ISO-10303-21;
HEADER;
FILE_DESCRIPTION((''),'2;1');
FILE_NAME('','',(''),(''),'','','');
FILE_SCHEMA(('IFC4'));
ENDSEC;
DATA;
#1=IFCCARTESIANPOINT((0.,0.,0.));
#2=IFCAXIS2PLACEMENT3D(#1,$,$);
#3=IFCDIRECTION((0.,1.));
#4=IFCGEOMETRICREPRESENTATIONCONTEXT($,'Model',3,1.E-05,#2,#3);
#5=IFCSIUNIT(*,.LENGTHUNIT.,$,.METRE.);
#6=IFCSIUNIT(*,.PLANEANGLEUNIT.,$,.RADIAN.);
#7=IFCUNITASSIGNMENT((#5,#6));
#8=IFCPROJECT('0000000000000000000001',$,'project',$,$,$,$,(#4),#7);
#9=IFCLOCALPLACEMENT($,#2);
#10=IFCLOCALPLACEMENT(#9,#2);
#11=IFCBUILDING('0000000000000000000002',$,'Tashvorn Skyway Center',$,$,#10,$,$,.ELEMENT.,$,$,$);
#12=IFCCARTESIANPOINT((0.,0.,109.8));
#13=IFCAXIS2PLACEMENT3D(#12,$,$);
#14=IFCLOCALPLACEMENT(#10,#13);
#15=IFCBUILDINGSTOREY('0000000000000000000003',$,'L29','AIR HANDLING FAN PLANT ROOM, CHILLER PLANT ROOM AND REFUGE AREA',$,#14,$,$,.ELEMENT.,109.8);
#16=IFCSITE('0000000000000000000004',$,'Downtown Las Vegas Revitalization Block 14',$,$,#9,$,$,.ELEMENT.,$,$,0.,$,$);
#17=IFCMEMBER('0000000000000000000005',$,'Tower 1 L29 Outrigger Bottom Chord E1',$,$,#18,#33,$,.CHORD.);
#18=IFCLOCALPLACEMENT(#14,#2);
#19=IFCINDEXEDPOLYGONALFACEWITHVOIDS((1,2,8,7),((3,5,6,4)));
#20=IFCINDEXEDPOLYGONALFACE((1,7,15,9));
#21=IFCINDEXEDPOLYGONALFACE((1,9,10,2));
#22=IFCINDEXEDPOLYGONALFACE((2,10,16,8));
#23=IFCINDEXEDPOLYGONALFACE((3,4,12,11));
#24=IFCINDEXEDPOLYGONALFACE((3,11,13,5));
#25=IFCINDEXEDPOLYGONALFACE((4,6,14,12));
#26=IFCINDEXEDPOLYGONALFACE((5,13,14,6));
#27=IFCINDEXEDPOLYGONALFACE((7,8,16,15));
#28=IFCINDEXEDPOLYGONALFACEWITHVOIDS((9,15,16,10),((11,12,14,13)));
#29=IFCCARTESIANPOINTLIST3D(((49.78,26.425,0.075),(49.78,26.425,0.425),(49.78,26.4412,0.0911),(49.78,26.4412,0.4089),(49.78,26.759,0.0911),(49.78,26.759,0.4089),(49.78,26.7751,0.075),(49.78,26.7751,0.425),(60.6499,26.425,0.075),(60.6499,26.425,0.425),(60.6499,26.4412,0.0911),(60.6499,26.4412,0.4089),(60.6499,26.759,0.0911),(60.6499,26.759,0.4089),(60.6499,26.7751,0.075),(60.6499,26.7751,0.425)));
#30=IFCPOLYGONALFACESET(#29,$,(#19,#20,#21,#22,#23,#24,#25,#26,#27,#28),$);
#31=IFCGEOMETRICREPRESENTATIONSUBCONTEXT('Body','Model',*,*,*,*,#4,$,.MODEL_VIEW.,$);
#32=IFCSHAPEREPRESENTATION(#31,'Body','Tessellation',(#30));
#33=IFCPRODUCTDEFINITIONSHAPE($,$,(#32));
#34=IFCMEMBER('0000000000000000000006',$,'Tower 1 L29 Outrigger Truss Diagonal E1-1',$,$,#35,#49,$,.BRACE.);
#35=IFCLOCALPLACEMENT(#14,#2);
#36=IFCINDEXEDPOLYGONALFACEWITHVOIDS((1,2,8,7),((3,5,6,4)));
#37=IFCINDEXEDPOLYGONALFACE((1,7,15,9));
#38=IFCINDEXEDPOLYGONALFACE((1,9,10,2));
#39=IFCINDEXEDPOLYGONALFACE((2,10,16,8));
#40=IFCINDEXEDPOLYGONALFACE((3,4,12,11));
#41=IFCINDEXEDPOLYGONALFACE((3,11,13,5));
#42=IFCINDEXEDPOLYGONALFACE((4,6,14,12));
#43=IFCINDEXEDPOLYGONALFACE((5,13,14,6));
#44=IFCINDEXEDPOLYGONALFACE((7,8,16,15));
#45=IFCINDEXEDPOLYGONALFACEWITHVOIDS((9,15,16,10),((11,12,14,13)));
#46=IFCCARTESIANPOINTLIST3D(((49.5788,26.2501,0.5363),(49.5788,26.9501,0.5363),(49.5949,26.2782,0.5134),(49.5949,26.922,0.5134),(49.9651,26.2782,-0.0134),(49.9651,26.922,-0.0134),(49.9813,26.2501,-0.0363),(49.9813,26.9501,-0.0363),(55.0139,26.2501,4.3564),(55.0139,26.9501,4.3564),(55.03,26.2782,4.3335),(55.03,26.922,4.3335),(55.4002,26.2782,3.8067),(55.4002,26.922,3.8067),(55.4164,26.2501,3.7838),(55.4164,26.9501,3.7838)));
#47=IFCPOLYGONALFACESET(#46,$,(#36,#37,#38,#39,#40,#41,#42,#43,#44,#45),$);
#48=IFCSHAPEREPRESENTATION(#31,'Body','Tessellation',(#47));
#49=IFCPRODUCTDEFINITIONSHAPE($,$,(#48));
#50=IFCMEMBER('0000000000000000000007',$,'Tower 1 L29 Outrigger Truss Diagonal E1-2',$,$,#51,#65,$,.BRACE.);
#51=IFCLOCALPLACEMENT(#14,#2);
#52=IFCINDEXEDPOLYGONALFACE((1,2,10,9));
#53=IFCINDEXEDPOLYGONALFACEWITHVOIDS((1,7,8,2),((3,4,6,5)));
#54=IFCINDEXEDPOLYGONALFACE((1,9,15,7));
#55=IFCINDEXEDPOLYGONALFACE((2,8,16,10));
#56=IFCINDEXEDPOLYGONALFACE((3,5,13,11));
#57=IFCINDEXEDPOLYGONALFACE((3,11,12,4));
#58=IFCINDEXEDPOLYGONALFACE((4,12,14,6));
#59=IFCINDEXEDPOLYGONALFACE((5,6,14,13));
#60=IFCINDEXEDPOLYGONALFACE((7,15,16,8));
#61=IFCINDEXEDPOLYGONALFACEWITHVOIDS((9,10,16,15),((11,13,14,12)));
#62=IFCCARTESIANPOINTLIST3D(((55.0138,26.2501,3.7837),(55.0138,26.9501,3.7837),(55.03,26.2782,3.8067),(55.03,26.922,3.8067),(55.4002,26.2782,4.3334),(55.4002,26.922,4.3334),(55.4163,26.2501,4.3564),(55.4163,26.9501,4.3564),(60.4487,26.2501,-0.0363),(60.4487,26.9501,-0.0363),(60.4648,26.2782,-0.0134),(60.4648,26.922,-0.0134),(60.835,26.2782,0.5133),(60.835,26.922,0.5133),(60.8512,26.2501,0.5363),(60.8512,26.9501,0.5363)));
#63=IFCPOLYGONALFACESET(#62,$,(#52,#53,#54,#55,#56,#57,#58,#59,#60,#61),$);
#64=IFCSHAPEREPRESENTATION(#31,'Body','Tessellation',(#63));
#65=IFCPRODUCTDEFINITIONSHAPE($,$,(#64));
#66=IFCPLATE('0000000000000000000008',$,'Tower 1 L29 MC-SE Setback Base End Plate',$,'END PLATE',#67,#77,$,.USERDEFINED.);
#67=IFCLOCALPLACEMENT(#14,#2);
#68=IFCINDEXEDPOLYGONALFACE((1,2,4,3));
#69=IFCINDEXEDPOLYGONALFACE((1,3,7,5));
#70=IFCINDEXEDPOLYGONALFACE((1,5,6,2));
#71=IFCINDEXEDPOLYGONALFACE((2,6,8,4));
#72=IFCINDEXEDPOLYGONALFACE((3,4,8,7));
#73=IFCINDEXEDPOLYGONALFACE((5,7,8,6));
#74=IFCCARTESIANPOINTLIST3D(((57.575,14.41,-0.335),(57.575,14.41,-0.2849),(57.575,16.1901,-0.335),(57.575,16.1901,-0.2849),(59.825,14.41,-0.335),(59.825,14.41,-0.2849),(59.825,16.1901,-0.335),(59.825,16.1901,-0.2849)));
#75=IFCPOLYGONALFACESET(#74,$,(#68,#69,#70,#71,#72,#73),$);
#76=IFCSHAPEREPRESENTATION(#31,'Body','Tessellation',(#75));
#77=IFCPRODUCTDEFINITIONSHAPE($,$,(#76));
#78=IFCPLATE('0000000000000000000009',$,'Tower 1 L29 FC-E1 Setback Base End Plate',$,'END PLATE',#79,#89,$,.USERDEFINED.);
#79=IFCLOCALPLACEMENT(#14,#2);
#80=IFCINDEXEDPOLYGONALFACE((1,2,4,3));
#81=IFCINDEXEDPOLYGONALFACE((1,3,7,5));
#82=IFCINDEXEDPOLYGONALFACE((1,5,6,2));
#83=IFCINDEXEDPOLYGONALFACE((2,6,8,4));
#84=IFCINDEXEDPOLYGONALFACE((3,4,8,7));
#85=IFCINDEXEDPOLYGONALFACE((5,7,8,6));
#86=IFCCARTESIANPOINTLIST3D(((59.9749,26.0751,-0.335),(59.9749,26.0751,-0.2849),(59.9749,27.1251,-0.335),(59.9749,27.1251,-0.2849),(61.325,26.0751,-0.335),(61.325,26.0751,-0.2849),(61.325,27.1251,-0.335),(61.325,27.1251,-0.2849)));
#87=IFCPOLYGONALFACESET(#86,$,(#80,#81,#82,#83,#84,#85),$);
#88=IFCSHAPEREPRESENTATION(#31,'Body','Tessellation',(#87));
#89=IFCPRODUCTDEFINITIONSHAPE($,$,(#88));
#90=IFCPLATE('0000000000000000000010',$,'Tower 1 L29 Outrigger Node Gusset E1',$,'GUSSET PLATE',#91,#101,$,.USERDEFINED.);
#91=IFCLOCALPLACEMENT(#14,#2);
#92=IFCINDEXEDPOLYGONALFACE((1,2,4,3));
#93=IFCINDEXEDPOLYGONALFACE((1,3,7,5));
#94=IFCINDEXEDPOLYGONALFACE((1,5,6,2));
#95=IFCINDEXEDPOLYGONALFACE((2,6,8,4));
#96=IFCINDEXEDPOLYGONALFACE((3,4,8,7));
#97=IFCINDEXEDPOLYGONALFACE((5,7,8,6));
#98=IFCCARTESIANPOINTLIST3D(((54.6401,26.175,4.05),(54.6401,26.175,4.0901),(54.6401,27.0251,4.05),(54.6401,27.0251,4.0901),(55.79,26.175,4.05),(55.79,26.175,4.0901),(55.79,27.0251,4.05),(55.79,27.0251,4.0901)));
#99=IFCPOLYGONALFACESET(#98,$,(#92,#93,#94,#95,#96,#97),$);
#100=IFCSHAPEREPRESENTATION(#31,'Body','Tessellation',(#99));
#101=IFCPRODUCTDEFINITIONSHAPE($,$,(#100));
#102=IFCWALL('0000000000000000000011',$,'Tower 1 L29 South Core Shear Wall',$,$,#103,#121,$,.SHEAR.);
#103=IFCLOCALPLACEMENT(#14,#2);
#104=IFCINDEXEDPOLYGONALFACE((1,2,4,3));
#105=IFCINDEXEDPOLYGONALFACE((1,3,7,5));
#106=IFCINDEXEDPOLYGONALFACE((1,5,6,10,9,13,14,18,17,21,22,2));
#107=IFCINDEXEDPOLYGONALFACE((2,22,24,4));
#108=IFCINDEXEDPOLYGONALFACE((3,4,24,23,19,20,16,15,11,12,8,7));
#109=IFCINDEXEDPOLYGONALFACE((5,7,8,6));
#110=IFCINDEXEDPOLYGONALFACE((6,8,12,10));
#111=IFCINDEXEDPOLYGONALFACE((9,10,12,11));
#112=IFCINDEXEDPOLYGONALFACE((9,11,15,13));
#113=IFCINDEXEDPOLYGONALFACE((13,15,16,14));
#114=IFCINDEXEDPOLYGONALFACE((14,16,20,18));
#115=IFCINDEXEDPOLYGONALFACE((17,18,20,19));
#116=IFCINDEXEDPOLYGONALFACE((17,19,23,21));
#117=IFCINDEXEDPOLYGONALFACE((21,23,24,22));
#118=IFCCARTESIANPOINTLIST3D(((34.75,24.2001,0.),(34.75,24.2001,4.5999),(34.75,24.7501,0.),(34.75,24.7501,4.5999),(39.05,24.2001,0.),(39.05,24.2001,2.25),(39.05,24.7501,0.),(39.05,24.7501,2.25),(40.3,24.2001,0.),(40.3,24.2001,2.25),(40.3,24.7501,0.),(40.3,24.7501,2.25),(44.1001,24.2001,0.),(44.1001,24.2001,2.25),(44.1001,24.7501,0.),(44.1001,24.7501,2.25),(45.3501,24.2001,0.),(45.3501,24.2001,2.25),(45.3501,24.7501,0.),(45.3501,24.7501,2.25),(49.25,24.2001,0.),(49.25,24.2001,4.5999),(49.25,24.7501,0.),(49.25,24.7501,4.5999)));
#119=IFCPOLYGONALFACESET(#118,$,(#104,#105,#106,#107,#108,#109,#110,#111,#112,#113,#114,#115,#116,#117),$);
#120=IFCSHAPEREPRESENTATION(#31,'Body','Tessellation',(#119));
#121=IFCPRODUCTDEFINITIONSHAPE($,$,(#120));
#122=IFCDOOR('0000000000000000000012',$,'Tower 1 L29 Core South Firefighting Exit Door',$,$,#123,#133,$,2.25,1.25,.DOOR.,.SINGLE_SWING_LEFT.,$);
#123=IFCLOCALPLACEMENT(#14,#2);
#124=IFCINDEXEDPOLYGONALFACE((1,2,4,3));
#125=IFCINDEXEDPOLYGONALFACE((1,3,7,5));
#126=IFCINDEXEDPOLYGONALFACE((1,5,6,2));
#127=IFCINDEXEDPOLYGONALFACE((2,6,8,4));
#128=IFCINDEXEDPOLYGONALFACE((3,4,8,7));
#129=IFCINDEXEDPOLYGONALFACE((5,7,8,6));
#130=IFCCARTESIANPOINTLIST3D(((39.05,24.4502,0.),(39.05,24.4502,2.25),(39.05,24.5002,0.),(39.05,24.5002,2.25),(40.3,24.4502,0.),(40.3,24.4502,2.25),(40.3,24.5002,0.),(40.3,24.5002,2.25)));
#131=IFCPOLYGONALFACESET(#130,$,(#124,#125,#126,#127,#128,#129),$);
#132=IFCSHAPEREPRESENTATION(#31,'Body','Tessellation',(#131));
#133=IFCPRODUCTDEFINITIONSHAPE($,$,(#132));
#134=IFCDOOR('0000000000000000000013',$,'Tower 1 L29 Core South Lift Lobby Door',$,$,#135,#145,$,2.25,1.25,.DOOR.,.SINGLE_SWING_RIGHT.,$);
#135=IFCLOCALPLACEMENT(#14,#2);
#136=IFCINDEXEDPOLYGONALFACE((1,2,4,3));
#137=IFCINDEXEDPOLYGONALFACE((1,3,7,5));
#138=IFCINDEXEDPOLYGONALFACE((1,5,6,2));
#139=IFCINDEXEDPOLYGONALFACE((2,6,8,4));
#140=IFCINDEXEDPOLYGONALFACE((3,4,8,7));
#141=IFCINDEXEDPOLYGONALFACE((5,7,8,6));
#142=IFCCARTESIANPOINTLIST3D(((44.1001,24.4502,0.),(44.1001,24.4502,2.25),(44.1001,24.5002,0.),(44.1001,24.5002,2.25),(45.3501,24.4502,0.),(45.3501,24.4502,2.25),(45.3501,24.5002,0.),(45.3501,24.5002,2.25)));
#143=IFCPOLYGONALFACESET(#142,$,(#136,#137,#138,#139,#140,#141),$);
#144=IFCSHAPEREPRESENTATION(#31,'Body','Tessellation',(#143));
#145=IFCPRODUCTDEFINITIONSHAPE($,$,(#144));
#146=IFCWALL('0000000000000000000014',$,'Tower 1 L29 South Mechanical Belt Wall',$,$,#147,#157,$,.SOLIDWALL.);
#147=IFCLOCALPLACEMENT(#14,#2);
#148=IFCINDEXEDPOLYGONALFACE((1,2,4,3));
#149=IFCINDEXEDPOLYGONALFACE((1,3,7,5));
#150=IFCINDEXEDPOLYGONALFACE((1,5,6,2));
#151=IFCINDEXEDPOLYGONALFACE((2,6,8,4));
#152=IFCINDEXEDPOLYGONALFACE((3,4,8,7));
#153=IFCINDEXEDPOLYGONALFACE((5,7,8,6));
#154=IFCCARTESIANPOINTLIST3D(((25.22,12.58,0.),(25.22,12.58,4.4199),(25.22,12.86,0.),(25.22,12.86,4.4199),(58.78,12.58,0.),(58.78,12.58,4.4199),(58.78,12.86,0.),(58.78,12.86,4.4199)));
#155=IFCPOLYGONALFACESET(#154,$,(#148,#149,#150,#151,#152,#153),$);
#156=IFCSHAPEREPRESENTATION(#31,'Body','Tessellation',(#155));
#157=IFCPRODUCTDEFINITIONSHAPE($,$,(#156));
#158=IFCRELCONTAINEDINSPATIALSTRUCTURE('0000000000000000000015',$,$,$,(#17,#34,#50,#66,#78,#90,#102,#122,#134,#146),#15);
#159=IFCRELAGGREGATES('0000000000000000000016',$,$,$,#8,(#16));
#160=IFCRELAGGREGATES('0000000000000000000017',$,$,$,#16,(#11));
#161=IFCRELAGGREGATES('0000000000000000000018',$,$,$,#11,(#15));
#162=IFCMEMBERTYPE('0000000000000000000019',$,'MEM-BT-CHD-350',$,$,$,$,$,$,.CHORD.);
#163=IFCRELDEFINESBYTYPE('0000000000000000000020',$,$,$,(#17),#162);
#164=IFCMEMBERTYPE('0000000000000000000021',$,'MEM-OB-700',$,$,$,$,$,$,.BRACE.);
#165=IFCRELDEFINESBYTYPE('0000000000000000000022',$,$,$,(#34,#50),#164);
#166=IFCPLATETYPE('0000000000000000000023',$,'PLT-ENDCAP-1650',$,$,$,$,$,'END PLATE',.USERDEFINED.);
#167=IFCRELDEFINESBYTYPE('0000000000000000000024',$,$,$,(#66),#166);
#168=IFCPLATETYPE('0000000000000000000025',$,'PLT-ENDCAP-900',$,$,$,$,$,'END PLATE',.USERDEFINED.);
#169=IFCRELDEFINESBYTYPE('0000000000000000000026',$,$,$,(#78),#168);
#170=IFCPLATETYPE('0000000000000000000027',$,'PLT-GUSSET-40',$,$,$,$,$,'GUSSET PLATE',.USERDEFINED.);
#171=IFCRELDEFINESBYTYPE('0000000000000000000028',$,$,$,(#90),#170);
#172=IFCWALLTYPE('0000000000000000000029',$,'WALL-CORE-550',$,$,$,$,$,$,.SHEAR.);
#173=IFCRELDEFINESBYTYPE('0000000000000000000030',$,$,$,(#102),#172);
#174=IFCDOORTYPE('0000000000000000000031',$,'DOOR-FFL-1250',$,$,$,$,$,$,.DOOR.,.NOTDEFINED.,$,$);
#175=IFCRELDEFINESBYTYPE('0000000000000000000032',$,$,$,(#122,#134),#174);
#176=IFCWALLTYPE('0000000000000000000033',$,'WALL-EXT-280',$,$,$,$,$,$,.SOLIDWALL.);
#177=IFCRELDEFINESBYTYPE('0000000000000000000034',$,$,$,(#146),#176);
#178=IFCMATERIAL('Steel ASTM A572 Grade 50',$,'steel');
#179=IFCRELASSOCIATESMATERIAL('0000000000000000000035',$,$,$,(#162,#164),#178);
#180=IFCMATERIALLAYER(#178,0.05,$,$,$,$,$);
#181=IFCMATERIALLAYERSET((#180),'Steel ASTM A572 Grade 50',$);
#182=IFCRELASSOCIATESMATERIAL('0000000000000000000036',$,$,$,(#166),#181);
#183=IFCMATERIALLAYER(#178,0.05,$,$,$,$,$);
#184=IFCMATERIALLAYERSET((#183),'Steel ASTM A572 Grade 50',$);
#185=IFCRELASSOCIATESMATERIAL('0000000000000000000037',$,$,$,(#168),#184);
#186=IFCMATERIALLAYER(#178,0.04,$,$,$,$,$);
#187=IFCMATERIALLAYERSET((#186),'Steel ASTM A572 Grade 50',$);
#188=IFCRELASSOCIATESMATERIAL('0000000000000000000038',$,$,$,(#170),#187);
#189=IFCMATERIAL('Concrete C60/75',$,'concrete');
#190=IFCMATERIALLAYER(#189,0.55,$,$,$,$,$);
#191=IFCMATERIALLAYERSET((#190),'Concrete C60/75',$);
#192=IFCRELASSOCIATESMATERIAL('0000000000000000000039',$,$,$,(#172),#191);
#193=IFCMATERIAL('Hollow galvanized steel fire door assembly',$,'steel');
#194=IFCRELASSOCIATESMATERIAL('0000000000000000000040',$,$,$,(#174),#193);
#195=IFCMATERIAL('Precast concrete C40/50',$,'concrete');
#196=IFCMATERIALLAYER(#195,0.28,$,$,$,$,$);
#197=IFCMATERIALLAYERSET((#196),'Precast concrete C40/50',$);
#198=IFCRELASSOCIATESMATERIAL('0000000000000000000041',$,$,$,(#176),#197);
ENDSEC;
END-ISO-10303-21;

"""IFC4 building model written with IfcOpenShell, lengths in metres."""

from ifc_helpers import new_model, si_unit, direction, frame, frame_2d, origin, origin_2d, place, context, subcontext, project, spatial, rectangle, hollow_rectangle, extrude, material, layer, layer_set, material_profile, profile_set, type_object, element, fill, save


model = new_model("IFC4")

# Units and contexts
model_context = context("Model", 3, precision=1e-05, world=origin(), true_north=direction((0.0, 1.0)))
body_context = subcontext(model_context, "Body", "Model", "MODEL_VIEW")
ifc_project = project(units=[si_unit("LENGTHUNIT", "METRE"), si_unit("PLANEANGLEUNIT", "RADIAN")], contexts=[model_context])

# Site, building, storey
site_placement = place(None, origin())
site = spatial("IfcSite", under=ifc_project, at=site_placement, Name="Downtown Las Vegas Revitalization Block 14", CompositionType="ELEMENT", RefElevation=0.0)
building_placement = place(site_placement, origin())
building = spatial("IfcBuilding", under=site, at=building_placement, Name="Tashvorn Skyway Center", CompositionType="ELEMENT")
storey_placement = place(building_placement, frame((0.0, 0.0, 109.8)))
storey = spatial("IfcBuildingStorey", under=building, at=storey_placement, Name="L29", Description="AIR HANDLING FAN PLANT ROOM, CHILLER PLANT ROOM AND REFUGE AREA", CompositionType="ELEMENT", Elevation=109.8)

# Shared definitions
ifc_material_1 = material(Name="Steel ASTM A572 Grade 50", Category="steel")

# Members
ifc_material_profile_1 = material_profile(ifc_material_1, hollow_rectangle(XDim=0.3501, YDim=0.3501, WallThickness=0.0161, at=origin_2d()), Name="HSS350x350x16")
ifc_profile_set_1 = profile_set([ifc_material_profile_1], Name="Steel ASTM A572 Grade 50")
member_type_1 = type_object("IfcMemberType", Name="MEM-BT-CHD-350", PredefinedType="CHORD", material=ifc_profile_set_1)
member_1_placement = place(storey_placement, frame((49.78, 26.6001, 0.25), z_axis=(1.0, 0.0, 0.0), x_axis=(0.0, 1.0, 0.0)))
element("IfcMember", 1, at=member_1_placement, inside=storey, type_object=member_type_1, Name="Tower 1 L29 Outrigger Bottom Chord E1", PredefinedType="CHORD", context=body_context, shape_type="SweptSolid", body=[
    extrude(hollow_rectangle(XDim=0.3501, YDim=0.3501, WallThickness=0.0161, at=origin_2d()), origin(), (0.0, 0.0, 1.0), 10.8699),
])
ifc_material_profile_2 = material_profile(ifc_material_1, hollow_rectangle(XDim=0.7, YDim=0.7, WallThickness=0.0281, at=origin_2d()), Name="BOX700x700x28")
ifc_profile_set_2 = profile_set([ifc_material_profile_2], Name="Steel ASTM A572 Grade 50")
member_type_2 = type_object("IfcMemberType", Name="MEM-OB-700", PredefinedType="BRACE", material=ifc_profile_set_2)
member_2_placement = place(storey_placement, frame((49.78, 26.6001, 0.25), z_axis=(0.818132, 0.0, 0.57503), x_axis=(0.0, 1.0, 0.0)))
element("IfcMember", 2, at=member_2_placement, inside=storey, type_object=member_type_2, Name="Tower 1 L29 Outrigger Truss Diagonal E1-1", PredefinedType="BRACE", context=body_context, shape_type="SweptSolid", body=[
    extrude(hollow_rectangle(XDim=0.7, YDim=0.7, WallThickness=0.0281, at=origin_2d()), origin(), (0.0, 0.0, 1.0), 6.6433),
])
member_3_placement = place(storey_placement, frame((55.2151, 26.6001, 4.0701), z_axis=(0.81812, 0.0, -0.575047), x_axis=(0.0, 1.0, 0.0)))
element("IfcMember", 3, at=member_3_placement, inside=storey, type_object=member_type_2, Name="Tower 1 L29 Outrigger Truss Diagonal E1-2", PredefinedType="BRACE", context=body_context, shape_type="SweptSolid", body=[
    extrude(hollow_rectangle(XDim=0.7, YDim=0.7, WallThickness=0.0281, at=origin_2d()), origin(), (0.0, 0.0, 1.0), 6.6431),
])

# Plates
ifc_layer_1 = layer(ifc_material_1, 0.05)
ifc_layer_set_1 = layer_set([ifc_layer_1], Name="Steel ASTM A572 Grade 50")
plate_type_1 = type_object("IfcPlateType", Name="PLT-ENDCAP-1650", ElementType="END PLATE", PredefinedType="USERDEFINED", material=ifc_layer_set_1)
plate_1_placement = place(storey_placement, frame((58.7, 15.3, -0.335), z_axis=(0.0, 0.0, 1.0), x_axis=(1.0, 0.0, 0.0)))
element("IfcPlate", 4, at=plate_1_placement, inside=storey, type_object=plate_type_1, Name="Tower 1 L29 MC-SE Setback Base End Plate", ObjectType="END PLATE", PredefinedType="USERDEFINED", context=body_context, shape_type="SweptSolid", body=[
    extrude(rectangle(XDim=2.25, YDim=1.78, at=origin_2d()), origin(), (0.0, 0.0, 1.0), 0.05),
])
ifc_layer_2 = layer(ifc_material_1, 0.05)
ifc_layer_set_2 = layer_set([ifc_layer_2], Name="Steel ASTM A572 Grade 50")
plate_type_2 = type_object("IfcPlateType", Name="PLT-ENDCAP-900", ElementType="END PLATE", PredefinedType="USERDEFINED", material=ifc_layer_set_2)
plate_2_placement = place(storey_placement, frame((60.6499, 26.6001, -0.335), z_axis=(0.0, 0.0, 1.0), x_axis=(1.0, 0.0, 0.0)))
element("IfcPlate", 5, at=plate_2_placement, inside=storey, type_object=plate_type_2, Name="Tower 1 L29 FC-E1 Setback Base End Plate", ObjectType="END PLATE", PredefinedType="USERDEFINED", context=body_context, shape_type="SweptSolid", body=[
    extrude(rectangle(XDim=1.3501, YDim=1.05, at=origin_2d()), origin(), (0.0, 0.0, 1.0), 0.05),
])
ifc_layer_3 = layer(ifc_material_1, 0.04)
ifc_layer_set_3 = layer_set([ifc_layer_3], Name="Steel ASTM A572 Grade 50")
plate_type_3 = type_object("IfcPlateType", Name="PLT-GUSSET-40", ElementType="GUSSET PLATE", PredefinedType="USERDEFINED", material=ifc_layer_set_3)
plate_3_placement = place(storey_placement, frame((55.2151, 26.6001, 4.05), z_axis=(0.0, 0.0, 1.0), x_axis=(1.0, 0.0, 0.0)))
element("IfcPlate", 6, at=plate_3_placement, inside=storey, type_object=plate_type_3, Name="Tower 1 L29 Outrigger Node Gusset E1", ObjectType="GUSSET PLATE", PredefinedType="USERDEFINED", context=body_context, shape_type="SweptSolid", body=[
    extrude(rectangle(XDim=1.1499, YDim=0.8501, at=origin_2d()), origin(), (0.0, 0.0, 1.0), 0.04),
])

# Wall, openings, doors
ifc_material_2 = material(Name="Concrete C60/75", Category="concrete")
ifc_layer_4 = layer(ifc_material_2, 0.55)
ifc_layer_set_4 = layer_set([ifc_layer_4], Name="Concrete C60/75")
wall_type_1 = type_object("IfcWallType", Name="WALL-CORE-550", PredefinedType="SHEAR", material=ifc_layer_set_4)
wall_1_placement = place(storey_placement, frame((49.25, 24.4751, 0.0), z_axis=(0.0, 0.0, 1.0), x_axis=(-1.0, 0.0, 0.0)))
wall_1 = element("IfcWall", 7, at=wall_1_placement, inside=storey, type_object=wall_type_1, Name="Tower 1 L29 South Core Shear Wall", PredefinedType="SHEAR", context=body_context, shape_type="SweptSolid", body=[
    extrude(rectangle(XDim=14.5, YDim=0.55, at=frame_2d((7.25, 0.0))), origin(), (0.0, 0.0, 1.0), 4.5999),
])
opening_1_placement = place(wall_1_placement, frame((8.95, 0.0, 0.0)))
opening_1 = element("IfcOpeningElement", 8, at=opening_1_placement, cuts=wall_1, PredefinedType="OPENING", context=body_context, shape_type="SweptSolid", body=[
    extrude(rectangle(XDim=1.25, YDim=2.25, at=frame_2d((0.625, 1.125))), frame((0.0, 0.2849, 0.0), z_axis=(0.0, -1.0, 0.0), x_axis=(1.0, 0.0, 0.0)), (0.0, 0.0, 1.0), 0.5701),
])
opening_2_placement = place(wall_1_placement, frame((3.8999, 0.0, 0.0)))
opening_2 = element("IfcOpeningElement", 9, at=opening_2_placement, cuts=wall_1, PredefinedType="OPENING", context=body_context, shape_type="SweptSolid", body=[
    extrude(rectangle(XDim=1.25, YDim=2.25, at=frame_2d((0.625, 1.125))), frame((0.0, 0.2849, 0.0), z_axis=(0.0, -1.0, 0.0), x_axis=(1.0, 0.0, 0.0)), (0.0, 0.0, 1.0), 0.5701),
])
ifc_material_3 = material(Name="Hollow galvanized steel fire door assembly", Category="steel")
door_type_1 = type_object("IfcDoorType", Name="DOOR-FFL-1250", OperationType="NOTDEFINED", PredefinedType="DOOR", material=ifc_material_3)
door_1_placement = place(opening_1_placement, origin())
door_1 = element("IfcDoor", 10, at=door_1_placement, inside=storey, type_object=door_type_1, Name="Tower 1 L29 Core South Firefighting Exit Door", OperationType="SINGLE_SWING_LEFT", OverallHeight=2.25, OverallWidth=1.25, PredefinedType="DOOR", context=body_context, shape_type="SweptSolid", body=[
    extrude(rectangle(XDim=1.25, YDim=2.25, at=frame_2d((0.625, 1.125))), frame((0.0, 0.0249, 0.0), z_axis=(0.0, -1.0, 0.0), x_axis=(1.0, 0.0, 0.0)), (0.0, 0.0, 1.0), 0.05),
])
fill(opening_1, door_1)
door_2_placement = place(opening_2_placement, origin())
door_2 = element("IfcDoor", 11, at=door_2_placement, inside=storey, type_object=door_type_1, Name="Tower 1 L29 Core South Lift Lobby Door", OperationType="SINGLE_SWING_RIGHT", OverallHeight=2.25, OverallWidth=1.25, PredefinedType="DOOR", context=body_context, shape_type="SweptSolid", body=[
    extrude(rectangle(XDim=1.25, YDim=2.25, at=frame_2d((0.625, 1.125))), frame((0.0, 0.0249, 0.0), z_axis=(0.0, -1.0, 0.0), x_axis=(1.0, 0.0, 0.0)), (0.0, 0.0, 1.0), 0.05),
])
fill(opening_2, door_2)

# Wall
ifc_material_4 = material(Name="Precast concrete C40/50", Category="concrete")
ifc_layer_5 = layer(ifc_material_4, 0.28)
ifc_layer_set_5 = layer_set([ifc_layer_5], Name="Precast concrete C40/50")
wall_type_2 = type_object("IfcWallType", Name="WALL-EXT-280", PredefinedType="SOLIDWALL", material=ifc_layer_set_5)
wall_2_placement = place(storey_placement, frame((58.78, 12.72, 0.0), z_axis=(0.0, 0.0, 1.0), x_axis=(-1.0, 0.0, 0.0)))
element("IfcWall", 12, at=wall_2_placement, inside=storey, type_object=wall_type_2, Name="Tower 1 L29 South Mechanical Belt Wall", PredefinedType="SOLIDWALL", context=body_context, shape_type="SweptSolid", body=[
    extrude(rectangle(XDim=33.5601, YDim=0.28, at=frame_2d((16.78, 0.0))), origin(), (0.0, 0.0, 1.0), 4.4199),
])

save(model, "model.ifc")
